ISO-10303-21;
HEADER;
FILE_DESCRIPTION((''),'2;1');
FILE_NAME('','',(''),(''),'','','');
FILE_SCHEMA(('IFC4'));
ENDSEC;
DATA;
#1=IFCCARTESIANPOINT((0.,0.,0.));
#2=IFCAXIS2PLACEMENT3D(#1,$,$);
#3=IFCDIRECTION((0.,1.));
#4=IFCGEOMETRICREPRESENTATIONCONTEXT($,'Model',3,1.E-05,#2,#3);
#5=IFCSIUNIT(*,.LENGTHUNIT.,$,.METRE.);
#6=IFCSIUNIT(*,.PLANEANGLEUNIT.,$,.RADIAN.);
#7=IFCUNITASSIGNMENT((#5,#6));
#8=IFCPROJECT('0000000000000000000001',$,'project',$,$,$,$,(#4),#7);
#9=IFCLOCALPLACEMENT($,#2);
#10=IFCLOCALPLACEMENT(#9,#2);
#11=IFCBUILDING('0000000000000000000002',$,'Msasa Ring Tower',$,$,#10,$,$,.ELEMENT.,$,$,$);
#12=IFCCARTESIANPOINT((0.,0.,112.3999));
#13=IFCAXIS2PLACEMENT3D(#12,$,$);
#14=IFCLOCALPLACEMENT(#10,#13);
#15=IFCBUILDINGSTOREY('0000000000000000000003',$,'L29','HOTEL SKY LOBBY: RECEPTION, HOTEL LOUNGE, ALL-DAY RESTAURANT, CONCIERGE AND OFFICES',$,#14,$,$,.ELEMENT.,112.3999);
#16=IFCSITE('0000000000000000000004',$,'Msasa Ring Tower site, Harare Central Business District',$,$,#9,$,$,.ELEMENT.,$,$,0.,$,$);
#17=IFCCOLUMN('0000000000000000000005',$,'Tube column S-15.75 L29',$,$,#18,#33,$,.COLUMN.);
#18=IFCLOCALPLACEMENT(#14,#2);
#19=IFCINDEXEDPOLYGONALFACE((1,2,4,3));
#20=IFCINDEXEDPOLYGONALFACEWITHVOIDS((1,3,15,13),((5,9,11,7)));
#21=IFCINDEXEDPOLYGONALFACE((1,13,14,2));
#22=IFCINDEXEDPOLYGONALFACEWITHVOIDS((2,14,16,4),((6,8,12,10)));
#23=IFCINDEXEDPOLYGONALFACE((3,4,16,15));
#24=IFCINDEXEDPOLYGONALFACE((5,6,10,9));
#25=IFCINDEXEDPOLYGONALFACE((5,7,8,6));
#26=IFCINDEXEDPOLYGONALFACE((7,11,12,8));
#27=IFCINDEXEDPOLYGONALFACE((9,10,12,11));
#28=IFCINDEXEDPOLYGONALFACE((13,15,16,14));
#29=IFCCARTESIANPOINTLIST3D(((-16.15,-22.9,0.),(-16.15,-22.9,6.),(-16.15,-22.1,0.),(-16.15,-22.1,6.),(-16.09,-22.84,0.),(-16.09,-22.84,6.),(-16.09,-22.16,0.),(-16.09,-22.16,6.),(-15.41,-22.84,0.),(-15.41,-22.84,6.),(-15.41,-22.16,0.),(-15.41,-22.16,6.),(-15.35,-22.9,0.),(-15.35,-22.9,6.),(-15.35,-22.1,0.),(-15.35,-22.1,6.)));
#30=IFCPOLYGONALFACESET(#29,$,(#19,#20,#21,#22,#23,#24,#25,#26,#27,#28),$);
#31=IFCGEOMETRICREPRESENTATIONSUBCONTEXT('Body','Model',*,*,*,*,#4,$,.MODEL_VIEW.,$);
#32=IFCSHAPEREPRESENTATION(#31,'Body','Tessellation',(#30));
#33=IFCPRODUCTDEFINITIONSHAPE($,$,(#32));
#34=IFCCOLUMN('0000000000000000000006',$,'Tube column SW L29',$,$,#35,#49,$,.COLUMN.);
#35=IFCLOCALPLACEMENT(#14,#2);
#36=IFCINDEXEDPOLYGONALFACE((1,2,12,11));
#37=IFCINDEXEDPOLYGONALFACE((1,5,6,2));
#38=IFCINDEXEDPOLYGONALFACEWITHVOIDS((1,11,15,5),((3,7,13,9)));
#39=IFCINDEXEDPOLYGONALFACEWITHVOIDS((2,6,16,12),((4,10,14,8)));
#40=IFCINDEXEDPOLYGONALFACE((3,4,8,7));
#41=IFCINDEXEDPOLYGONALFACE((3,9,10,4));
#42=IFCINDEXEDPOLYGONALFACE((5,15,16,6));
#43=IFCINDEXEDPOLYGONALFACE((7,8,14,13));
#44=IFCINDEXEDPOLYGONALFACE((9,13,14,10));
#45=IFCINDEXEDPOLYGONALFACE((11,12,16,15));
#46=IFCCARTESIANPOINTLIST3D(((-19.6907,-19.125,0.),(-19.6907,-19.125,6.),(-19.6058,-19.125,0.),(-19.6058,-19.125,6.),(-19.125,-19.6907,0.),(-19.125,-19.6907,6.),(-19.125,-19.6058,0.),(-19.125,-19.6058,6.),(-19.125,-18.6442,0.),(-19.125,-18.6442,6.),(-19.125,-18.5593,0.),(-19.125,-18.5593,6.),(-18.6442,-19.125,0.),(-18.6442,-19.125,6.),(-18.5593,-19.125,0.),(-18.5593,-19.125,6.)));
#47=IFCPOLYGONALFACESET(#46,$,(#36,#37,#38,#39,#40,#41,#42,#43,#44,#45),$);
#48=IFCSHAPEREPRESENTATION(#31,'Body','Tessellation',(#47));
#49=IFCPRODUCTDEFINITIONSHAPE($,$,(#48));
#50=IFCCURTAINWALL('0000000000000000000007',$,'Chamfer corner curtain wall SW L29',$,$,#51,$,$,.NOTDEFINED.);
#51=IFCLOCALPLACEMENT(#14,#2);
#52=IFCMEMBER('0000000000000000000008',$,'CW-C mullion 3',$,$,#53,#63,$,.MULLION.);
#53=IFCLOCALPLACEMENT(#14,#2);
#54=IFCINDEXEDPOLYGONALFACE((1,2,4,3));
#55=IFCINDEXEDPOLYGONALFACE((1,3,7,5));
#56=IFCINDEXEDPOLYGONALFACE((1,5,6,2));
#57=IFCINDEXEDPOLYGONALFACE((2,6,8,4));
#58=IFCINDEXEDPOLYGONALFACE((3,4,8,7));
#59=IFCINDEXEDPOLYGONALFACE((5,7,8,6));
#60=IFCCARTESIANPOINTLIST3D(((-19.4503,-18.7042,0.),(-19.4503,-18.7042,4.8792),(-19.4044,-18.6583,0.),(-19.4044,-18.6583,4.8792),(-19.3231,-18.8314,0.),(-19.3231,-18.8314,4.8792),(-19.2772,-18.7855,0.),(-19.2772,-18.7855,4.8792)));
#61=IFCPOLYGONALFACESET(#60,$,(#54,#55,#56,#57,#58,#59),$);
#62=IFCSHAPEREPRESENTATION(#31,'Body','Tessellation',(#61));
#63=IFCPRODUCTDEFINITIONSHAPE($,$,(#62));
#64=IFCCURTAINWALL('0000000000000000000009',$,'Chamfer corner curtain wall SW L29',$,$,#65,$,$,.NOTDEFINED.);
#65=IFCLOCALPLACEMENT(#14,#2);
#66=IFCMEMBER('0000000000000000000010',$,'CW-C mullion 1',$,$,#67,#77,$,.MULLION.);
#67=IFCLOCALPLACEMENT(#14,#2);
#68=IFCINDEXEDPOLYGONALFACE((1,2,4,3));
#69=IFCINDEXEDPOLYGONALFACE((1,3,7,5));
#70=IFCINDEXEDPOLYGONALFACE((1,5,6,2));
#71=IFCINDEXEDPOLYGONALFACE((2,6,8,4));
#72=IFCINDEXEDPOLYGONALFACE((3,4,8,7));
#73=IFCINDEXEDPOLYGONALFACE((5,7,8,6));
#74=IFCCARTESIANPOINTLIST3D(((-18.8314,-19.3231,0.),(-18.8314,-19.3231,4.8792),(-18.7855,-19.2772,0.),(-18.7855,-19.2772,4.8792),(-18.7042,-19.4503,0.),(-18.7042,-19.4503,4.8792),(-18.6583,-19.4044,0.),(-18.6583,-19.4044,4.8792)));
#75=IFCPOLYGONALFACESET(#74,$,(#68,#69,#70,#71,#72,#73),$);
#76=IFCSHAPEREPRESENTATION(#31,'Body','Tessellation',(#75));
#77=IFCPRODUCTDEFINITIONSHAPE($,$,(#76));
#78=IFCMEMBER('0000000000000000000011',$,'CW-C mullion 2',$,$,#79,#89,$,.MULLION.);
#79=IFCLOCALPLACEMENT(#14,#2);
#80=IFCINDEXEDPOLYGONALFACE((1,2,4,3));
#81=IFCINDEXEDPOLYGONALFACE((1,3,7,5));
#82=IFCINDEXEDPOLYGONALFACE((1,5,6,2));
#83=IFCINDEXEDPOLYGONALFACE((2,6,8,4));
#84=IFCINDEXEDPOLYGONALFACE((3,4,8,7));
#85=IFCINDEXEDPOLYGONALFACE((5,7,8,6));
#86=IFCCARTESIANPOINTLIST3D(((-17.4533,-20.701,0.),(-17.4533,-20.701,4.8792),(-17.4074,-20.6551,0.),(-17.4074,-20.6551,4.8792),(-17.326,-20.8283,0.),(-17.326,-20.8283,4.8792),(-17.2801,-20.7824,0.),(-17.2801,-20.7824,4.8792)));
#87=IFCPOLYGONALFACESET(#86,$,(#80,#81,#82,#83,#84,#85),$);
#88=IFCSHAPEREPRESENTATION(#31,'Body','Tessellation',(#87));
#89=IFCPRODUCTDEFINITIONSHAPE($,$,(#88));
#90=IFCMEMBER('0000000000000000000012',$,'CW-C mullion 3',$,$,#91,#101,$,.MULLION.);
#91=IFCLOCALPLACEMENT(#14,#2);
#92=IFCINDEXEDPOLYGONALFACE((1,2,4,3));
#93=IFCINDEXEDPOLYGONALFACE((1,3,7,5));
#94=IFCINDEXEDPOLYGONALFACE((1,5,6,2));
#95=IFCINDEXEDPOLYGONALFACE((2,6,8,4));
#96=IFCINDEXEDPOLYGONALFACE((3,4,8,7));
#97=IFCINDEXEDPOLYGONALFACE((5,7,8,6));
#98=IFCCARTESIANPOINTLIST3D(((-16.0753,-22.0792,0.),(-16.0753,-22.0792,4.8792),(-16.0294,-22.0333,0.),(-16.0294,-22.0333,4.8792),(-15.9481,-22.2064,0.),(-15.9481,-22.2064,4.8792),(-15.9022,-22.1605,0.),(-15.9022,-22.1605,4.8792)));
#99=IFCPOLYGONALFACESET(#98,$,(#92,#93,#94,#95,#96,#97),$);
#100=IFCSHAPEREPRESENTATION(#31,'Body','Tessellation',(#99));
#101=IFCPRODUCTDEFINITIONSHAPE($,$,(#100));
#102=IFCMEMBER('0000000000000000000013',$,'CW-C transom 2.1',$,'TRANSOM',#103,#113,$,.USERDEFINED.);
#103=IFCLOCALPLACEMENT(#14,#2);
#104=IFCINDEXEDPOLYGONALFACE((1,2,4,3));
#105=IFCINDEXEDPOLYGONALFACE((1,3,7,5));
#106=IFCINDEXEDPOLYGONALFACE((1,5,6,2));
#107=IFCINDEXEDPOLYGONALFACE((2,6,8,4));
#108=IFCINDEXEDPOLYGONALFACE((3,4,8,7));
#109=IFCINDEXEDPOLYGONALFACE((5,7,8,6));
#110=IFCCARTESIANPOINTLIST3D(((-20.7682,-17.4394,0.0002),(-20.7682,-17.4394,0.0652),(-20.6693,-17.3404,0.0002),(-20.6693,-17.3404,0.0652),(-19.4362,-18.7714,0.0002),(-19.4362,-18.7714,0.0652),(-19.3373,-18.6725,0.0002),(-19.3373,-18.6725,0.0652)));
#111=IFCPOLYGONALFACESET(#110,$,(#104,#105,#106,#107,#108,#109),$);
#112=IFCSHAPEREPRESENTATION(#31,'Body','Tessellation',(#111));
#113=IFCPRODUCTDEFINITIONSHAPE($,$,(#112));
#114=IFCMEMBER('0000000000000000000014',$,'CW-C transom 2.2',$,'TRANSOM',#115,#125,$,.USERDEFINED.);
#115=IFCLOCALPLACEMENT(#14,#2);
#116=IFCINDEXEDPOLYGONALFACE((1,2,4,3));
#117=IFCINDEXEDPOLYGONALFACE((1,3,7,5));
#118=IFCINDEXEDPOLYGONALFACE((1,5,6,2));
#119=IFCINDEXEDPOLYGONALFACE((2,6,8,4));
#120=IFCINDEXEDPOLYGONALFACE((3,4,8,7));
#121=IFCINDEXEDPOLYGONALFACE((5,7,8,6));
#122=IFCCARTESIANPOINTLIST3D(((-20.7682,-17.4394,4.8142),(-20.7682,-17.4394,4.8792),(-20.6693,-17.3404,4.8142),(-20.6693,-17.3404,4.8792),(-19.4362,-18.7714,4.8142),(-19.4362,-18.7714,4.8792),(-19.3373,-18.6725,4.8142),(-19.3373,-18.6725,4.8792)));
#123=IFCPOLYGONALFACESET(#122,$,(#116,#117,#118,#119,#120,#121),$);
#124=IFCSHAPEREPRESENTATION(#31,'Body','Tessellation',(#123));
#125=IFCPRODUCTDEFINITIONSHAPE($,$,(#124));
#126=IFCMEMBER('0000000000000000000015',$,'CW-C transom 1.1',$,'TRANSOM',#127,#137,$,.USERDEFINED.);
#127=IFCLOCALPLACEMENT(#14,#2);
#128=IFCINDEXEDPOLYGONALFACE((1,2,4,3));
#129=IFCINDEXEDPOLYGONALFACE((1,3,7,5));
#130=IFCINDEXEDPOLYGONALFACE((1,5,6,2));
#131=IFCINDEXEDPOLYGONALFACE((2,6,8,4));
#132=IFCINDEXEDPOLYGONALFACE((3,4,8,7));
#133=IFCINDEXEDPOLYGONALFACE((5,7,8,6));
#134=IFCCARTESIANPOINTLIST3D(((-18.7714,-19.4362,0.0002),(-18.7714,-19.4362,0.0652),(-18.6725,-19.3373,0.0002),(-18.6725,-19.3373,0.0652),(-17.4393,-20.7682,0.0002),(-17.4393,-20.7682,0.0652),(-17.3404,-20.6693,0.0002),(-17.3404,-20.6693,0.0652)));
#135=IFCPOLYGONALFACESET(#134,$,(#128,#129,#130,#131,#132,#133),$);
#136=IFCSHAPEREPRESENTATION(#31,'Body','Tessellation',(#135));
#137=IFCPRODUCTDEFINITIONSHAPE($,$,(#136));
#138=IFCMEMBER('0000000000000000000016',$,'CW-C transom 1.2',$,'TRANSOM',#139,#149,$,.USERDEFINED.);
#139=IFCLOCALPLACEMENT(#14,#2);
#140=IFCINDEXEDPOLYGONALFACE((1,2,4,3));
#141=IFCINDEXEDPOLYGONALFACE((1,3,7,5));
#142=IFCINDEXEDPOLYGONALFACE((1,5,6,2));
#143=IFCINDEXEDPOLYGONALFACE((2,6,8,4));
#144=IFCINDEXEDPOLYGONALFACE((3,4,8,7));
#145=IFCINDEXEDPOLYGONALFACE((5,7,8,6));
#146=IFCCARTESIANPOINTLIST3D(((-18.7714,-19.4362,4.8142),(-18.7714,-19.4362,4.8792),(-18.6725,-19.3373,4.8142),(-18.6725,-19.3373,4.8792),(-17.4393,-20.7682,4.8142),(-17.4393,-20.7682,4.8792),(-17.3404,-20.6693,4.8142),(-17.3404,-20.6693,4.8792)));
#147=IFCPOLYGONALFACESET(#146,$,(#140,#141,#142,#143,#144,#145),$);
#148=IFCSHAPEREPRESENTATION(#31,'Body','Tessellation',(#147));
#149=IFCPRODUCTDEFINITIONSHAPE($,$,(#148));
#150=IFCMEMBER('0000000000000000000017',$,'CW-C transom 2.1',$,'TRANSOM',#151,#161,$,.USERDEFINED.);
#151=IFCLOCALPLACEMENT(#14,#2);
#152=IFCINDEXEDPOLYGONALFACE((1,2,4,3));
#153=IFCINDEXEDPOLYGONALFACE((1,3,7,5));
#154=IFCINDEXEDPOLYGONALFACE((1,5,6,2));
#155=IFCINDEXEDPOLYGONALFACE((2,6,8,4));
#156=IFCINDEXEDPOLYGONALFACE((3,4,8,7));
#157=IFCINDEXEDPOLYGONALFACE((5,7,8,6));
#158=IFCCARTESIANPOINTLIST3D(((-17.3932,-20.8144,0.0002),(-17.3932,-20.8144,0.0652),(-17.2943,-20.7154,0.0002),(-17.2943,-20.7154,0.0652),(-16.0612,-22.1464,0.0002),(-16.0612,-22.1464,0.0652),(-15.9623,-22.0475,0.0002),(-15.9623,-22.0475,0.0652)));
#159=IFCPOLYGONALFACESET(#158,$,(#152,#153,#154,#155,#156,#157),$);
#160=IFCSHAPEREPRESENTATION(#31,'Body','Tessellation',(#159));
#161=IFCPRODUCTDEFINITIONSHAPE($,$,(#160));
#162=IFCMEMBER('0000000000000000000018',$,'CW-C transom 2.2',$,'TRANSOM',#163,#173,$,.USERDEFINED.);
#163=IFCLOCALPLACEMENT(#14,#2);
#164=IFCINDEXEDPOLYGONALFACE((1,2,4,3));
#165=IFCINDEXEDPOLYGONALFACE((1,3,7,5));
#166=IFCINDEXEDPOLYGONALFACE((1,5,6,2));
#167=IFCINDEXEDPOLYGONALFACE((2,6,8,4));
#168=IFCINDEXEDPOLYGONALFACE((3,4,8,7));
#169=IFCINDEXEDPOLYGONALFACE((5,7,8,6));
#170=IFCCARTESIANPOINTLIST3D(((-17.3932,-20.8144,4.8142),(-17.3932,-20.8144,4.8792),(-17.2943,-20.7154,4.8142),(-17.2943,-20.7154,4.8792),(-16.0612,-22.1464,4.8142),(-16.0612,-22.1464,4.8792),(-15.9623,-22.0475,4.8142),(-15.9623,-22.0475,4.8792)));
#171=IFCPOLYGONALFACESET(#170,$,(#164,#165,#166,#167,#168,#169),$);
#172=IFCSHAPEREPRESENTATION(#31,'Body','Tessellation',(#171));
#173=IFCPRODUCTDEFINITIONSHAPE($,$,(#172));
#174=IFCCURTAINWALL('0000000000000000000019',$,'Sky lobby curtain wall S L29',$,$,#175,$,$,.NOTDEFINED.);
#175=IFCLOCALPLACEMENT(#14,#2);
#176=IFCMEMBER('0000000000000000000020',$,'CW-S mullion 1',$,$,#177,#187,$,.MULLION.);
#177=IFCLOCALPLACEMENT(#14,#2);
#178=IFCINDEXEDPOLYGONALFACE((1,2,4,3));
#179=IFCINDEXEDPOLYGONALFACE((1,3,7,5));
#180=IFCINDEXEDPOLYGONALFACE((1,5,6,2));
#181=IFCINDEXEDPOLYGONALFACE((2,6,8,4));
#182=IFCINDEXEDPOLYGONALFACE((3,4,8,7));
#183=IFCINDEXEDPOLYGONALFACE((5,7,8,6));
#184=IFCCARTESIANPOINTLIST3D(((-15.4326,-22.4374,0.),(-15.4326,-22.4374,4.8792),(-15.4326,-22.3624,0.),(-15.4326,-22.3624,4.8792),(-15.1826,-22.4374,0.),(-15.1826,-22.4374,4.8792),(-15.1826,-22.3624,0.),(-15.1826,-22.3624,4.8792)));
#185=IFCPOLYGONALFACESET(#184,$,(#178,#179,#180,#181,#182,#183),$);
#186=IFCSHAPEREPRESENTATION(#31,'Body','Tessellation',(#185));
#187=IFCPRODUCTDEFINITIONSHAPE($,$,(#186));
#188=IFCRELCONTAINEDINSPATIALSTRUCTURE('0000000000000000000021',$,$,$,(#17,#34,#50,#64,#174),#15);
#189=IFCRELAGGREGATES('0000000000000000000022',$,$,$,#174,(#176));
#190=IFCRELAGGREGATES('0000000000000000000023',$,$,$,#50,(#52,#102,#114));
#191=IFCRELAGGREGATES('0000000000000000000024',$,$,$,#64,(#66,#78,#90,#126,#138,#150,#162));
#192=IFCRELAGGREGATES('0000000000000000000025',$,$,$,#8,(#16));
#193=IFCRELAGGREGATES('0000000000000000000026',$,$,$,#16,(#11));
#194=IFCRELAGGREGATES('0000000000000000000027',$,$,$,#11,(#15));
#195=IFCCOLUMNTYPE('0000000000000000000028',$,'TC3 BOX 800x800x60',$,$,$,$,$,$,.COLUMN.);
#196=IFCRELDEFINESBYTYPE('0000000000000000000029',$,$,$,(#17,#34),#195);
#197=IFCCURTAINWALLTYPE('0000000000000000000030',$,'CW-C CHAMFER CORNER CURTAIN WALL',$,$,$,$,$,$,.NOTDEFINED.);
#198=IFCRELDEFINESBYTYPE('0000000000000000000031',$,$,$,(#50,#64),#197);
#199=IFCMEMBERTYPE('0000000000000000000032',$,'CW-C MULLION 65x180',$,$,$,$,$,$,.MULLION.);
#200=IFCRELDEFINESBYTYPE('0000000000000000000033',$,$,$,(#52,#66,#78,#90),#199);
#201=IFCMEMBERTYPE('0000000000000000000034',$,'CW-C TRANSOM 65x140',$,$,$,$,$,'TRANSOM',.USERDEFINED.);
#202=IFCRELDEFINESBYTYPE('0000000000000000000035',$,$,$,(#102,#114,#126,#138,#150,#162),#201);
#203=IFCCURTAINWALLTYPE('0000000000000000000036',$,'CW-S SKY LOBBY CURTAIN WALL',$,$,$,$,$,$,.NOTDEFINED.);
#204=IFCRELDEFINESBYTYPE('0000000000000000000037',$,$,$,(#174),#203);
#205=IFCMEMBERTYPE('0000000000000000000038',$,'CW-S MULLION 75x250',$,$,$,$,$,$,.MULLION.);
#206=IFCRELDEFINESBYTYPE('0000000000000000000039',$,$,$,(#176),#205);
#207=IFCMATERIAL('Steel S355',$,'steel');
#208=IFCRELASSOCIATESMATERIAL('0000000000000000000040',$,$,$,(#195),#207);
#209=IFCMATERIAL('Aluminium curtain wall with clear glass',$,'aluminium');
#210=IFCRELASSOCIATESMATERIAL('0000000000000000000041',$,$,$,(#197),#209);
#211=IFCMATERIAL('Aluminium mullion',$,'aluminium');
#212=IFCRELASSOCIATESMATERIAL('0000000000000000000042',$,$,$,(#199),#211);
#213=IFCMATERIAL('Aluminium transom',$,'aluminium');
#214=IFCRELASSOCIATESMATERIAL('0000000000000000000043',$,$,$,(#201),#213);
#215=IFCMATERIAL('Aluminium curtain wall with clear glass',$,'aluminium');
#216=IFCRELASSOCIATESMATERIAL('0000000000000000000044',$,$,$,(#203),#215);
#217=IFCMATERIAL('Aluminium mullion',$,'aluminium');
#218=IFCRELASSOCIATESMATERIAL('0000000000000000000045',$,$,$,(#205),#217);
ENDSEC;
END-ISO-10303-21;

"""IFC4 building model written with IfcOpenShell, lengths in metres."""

from ifc_helpers import new_model, si_unit, direction, frame, origin, origin_2d, place, context, subcontext, project, spatial, rectangle, hollow_rectangle, extrude, material, material_profile, profile_set, type_object, element, aggregate, save


model = new_model("IFC4")

# Units and contexts
model_context = context("Model", 3, precision=1e-05, world=origin(), true_north=direction((0.0, 1.0)))
body_context = subcontext(model_context, "Body", "Model", "MODEL_VIEW")
ifc_project = project(units=[si_unit("LENGTHUNIT", "METRE"), si_unit("PLANEANGLEUNIT", "RADIAN")], contexts=[model_context])

# Site, building, storey
site_placement = place(None, origin())
site = spatial("IfcSite", under=ifc_project, at=site_placement, Name="Msasa Ring Tower site, Harare Central Business District", CompositionType="ELEMENT", RefElevation=0.0)
building_placement = place(site_placement, origin())
building = spatial("IfcBuilding", under=site, at=building_placement, Name="Msasa Ring Tower", CompositionType="ELEMENT")
storey_placement = place(building_placement, frame((0.0, 0.0, 112.3999)))
storey = spatial("IfcBuildingStorey", under=building, at=storey_placement, Name="L29", Description="HOTEL SKY LOBBY: RECEPTION, HOTEL LOUNGE, ALL-DAY RESTAURANT, CONCIERGE AND OFFICES", CompositionType="ELEMENT", Elevation=112.3999)

# Columns
ifc_material_1 = material(Name="Steel S355", Category="steel")
ifc_material_profile_1 = material_profile(ifc_material_1, hollow_rectangle(XDim=0.8, YDim=0.8, WallThickness=0.0601, at=origin_2d()), Name="BOX 800x800x60")
ifc_profile_set_1 = profile_set([ifc_material_profile_1], Name="Steel S355")
column_type = type_object("IfcColumnType", Name="TC3 BOX 800x800x60", PredefinedType="COLUMN", material=ifc_profile_set_1)
for number, where, z_axis, x_axis, name in (
    (1, (-15.75, -22.5, 0.0), (0.0, 0.0, 1.0), (0.0, 1.0, 0.0), "Tube column S-15.75 L29"),
    (2, (-19.125, -19.125, 0.0), (0.0, 0.0, 1.0), (0.707107, 0.707107, 0.0), "Tube column SW L29"),
):
    element("IfcColumn", number, at=place(storey_placement, frame(where, z_axis=z_axis, x_axis=x_axis)), inside=storey, type_object=column_type, Name=name, PredefinedType="COLUMN", context=body_context, shape_type="SweptSolid", body=[
        extrude(hollow_rectangle(XDim=0.8, YDim=0.8, WallThickness=0.0601, at=origin_2d()), origin(), (0.0, 0.0, 1.0), 6.0),
    ])

# Curtain wall, member
ifc_material_2 = material(Name="Aluminium curtain wall with clear glass", Category="aluminium")
curtain_wall_type_1 = type_object("IfcCurtainWallType", Name="CW-C CHAMFER CORNER CURTAIN WALL", PredefinedType="NOTDEFINED", material=ifc_material_2)
curtain_wall_1_placement = place(storey_placement, origin())
curtain_wall_1 = element("IfcCurtainWall", 3, at=curtain_wall_1_placement, inside=storey, type_object=curtain_wall_type_1, Name="Chamfer corner curtain wall SW L29", PredefinedType="NOTDEFINED")
ifc_material_3 = material(Name="Aluminium mullion", Category="aluminium")
ifc_material_profile_2 = material_profile(ifc_material_3, rectangle(XDim=0.0649, YDim=0.1799, at=origin_2d()), Name="AL 65x180")
ifc_profile_set_2 = profile_set([ifc_material_profile_2], Name="Aluminium mullion")
member_type_1 = type_object("IfcMemberType", Name="CW-C MULLION 65x180", PredefinedType="MULLION", material=ifc_profile_set_2)
member_1_placement = place(storey_placement, frame((-19.3638, -18.7449, 0.0), z_axis=(0.0, 0.0, 1.0), x_axis=(0.707107, 0.707107, 0.0)))
member_1 = element("IfcMember", 4, at=member_1_placement, type_object=member_type_1, Name="CW-C mullion 3", PredefinedType="MULLION", context=body_context, shape_type="SweptSolid", body=[
    extrude(rectangle(XDim=0.0649, YDim=0.1799, at=origin_2d()), origin(), (0.0, 0.0, 1.0), 4.8792),
])

# Curtain wall, members
curtain_wall_2_placement = place(storey_placement, origin())
curtain_wall_2 = element("IfcCurtainWall", 5, at=curtain_wall_2_placement, inside=storey, type_object=curtain_wall_type_1, Name="Chamfer corner curtain wall SW L29", PredefinedType="NOTDEFINED")
member_2_placement = place(storey_placement, frame((-18.7449, -19.3638, 0.0), z_axis=(0.0, 0.0, 1.0), x_axis=(0.707107, 0.707107, 0.0)))
member_2 = element("IfcMember", 6, at=member_2_placement, type_object=member_type_1, Name="CW-C mullion 1", PredefinedType="MULLION", context=body_context, shape_type="SweptSolid", body=[
    extrude(rectangle(XDim=0.0649, YDim=0.1799, at=origin_2d()), origin(), (0.0, 0.0, 1.0), 4.8792),
])
member_3_placement = place(storey_placement, frame((-17.3667, -20.7417, 0.0), z_axis=(0.0, 0.0, 1.0), x_axis=(0.707107, 0.707107, 0.0)))
member_3 = element("IfcMember", 7, at=member_3_placement, type_object=member_type_1, Name="CW-C mullion 2", PredefinedType="MULLION", context=body_context, shape_type="SweptSolid", body=[
    extrude(rectangle(XDim=0.0649, YDim=0.1799, at=origin_2d()), origin(), (0.0, 0.0, 1.0), 4.8792),
])
member_4_placement = place(storey_placement, frame((-15.9888, -22.1199, 0.0), z_axis=(0.0, 0.0, 1.0), x_axis=(0.707107, 0.707107, 0.0)))
member_4 = element("IfcMember", 8, at=member_4_placement, type_object=member_type_1, Name="CW-C mullion 3", PredefinedType="MULLION", context=body_context, shape_type="SweptSolid", body=[
    extrude(rectangle(XDim=0.0649, YDim=0.1799, at=origin_2d()), origin(), (0.0, 0.0, 1.0), 4.8792),
])

# Members
ifc_material_4 = material(Name="Aluminium transom", Category="aluminium")
ifc_material_profile_3 = material_profile(ifc_material_4, rectangle(XDim=0.1399, YDim=0.0649, at=origin_2d()), Name="AL 65x140")
ifc_profile_set_3 = profile_set([ifc_material_profile_3], Name="Aluminium transom")
member_type_2 = type_object("IfcMemberType", Name="CW-C TRANSOM 65x140", ElementType="TRANSOM", PredefinedType="USERDEFINED", material=ifc_profile_set_3)
member_5_placement = place(storey_placement, frame((-20.7188, -17.3899, 0.0327), z_axis=(0.707107, -0.707107, 0.0), x_axis=(0.707107, 0.707107, 0.0)))
member_5 = element("IfcMember", 9, at=member_5_placement, type_object=member_type_2, Name="CW-C transom 2.1", ObjectType="TRANSOM", PredefinedType="USERDEFINED", context=body_context, shape_type="SweptSolid", body=[
    extrude(rectangle(XDim=0.1399, YDim=0.0649, at=origin_2d()), origin(), (0.0, 0.0, 1.0), 1.8838),
])
member_6_placement = place(storey_placement, frame((-20.7188, -17.3899, 4.8467), z_axis=(0.707107, -0.707107, 0.0), x_axis=(0.707107, 0.707107, 0.0)))
member_6 = element("IfcMember", 10, at=member_6_placement, type_object=member_type_2, Name="CW-C transom 2.2", ObjectType="TRANSOM", PredefinedType="USERDEFINED", context=body_context, shape_type="SweptSolid", body=[
    extrude(rectangle(XDim=0.1399, YDim=0.0649, at=origin_2d()), origin(), (0.0, 0.0, 1.0), 1.8838),
])
member_7_placement = place(storey_placement, frame((-18.7219, -19.3867, 0.0327), z_axis=(0.707107, -0.707107, 0.0), x_axis=(0.707107, 0.707107, 0.0)))
member_7 = element("IfcMember", 11, at=member_7_placement, type_object=member_type_2, Name="CW-C transom 1.1", ObjectType="TRANSOM", PredefinedType="USERDEFINED", context=body_context, shape_type="SweptSolid", body=[
    extrude(rectangle(XDim=0.1399, YDim=0.0649, at=origin_2d()), origin(), (0.0, 0.0, 1.0), 1.8838),
])
member_8_placement = place(storey_placement, frame((-18.7219, -19.3867, 4.8467), z_axis=(0.707107, -0.707107, 0.0), x_axis=(0.707107, 0.707107, 0.0)))
member_8 = element("IfcMember", 12, at=member_8_placement, type_object=member_type_2, Name="CW-C transom 1.2", ObjectType="TRANSOM", PredefinedType="USERDEFINED", context=body_context, shape_type="SweptSolid", body=[
    extrude(rectangle(XDim=0.1399, YDim=0.0649, at=origin_2d()), origin(), (0.0, 0.0, 1.0), 1.8838),
])
member_9_placement = place(storey_placement, frame((-17.3438, -20.7649, 0.0327), z_axis=(0.707107, -0.707107, 0.0), x_axis=(0.707107, 0.707107, 0.0)))
member_9 = element("IfcMember", 13, at=member_9_placement, type_object=member_type_2, Name="CW-C transom 2.1", ObjectType="TRANSOM", PredefinedType="USERDEFINED", context=body_context, shape_type="SweptSolid", body=[
    extrude(rectangle(XDim=0.1399, YDim=0.0649, at=origin_2d()), origin(), (0.0, 0.0, 1.0), 1.8838),
])
member_10_placement = place(storey_placement, frame((-17.3438, -20.7649, 4.8467), z_axis=(0.707107, -0.707107, 0.0), x_axis=(0.707107, 0.707107, 0.0)))
member_10 = element("IfcMember", 14, at=member_10_placement, type_object=member_type_2, Name="CW-C transom 2.2", ObjectType="TRANSOM", PredefinedType="USERDEFINED", context=body_context, shape_type="SweptSolid", body=[
    extrude(rectangle(XDim=0.1399, YDim=0.0649, at=origin_2d()), origin(), (0.0, 0.0, 1.0), 1.8838),
])

# Curtain wall, member
ifc_material_5 = material(Name="Aluminium curtain wall with clear glass", Category="aluminium")
curtain_wall_type_2 = type_object("IfcCurtainWallType", Name="CW-S SKY LOBBY CURTAIN WALL", PredefinedType="NOTDEFINED", material=ifc_material_5)
curtain_wall_3_placement = place(storey_placement, origin())
curtain_wall_3 = element("IfcCurtainWall", 15, at=curtain_wall_3_placement, inside=storey, type_object=curtain_wall_type_2, Name="Sky lobby curtain wall S L29", PredefinedType="NOTDEFINED")
ifc_material_6 = material(Name="Aluminium mullion", Category="aluminium")
ifc_material_profile_4 = material_profile(ifc_material_6, rectangle(XDim=0.075, YDim=0.25, at=origin_2d()), Name="AL 75x250")
ifc_profile_set_4 = profile_set([ifc_material_profile_4], Name="Aluminium mullion")
member_type_3 = type_object("IfcMemberType", Name="CW-S MULLION 75x250", PredefinedType="MULLION", material=ifc_profile_set_4)
member_11_placement = place(storey_placement, frame((-15.3076, -22.3999, 0.0), z_axis=(0.0, 0.0, 1.0), x_axis=(0.0, 1.0, 0.0)))
member_11 = element("IfcMember", 16, at=member_11_placement, type_object=member_type_3, Name="CW-S mullion 1", PredefinedType="MULLION", context=body_context, shape_type="SweptSolid", body=[
    extrude(rectangle(XDim=0.075, YDim=0.25, at=origin_2d()), origin(), (0.0, 0.0, 1.0), 4.8792),
])
aggregate(curtain_wall_3, [member_11])

aggregate(curtain_wall_1, [member_1, member_5, member_6])
aggregate(curtain_wall_2, [member_2, member_3, member_4, member_7, member_8, member_9, member_10])

save(model, "model.ifc")
